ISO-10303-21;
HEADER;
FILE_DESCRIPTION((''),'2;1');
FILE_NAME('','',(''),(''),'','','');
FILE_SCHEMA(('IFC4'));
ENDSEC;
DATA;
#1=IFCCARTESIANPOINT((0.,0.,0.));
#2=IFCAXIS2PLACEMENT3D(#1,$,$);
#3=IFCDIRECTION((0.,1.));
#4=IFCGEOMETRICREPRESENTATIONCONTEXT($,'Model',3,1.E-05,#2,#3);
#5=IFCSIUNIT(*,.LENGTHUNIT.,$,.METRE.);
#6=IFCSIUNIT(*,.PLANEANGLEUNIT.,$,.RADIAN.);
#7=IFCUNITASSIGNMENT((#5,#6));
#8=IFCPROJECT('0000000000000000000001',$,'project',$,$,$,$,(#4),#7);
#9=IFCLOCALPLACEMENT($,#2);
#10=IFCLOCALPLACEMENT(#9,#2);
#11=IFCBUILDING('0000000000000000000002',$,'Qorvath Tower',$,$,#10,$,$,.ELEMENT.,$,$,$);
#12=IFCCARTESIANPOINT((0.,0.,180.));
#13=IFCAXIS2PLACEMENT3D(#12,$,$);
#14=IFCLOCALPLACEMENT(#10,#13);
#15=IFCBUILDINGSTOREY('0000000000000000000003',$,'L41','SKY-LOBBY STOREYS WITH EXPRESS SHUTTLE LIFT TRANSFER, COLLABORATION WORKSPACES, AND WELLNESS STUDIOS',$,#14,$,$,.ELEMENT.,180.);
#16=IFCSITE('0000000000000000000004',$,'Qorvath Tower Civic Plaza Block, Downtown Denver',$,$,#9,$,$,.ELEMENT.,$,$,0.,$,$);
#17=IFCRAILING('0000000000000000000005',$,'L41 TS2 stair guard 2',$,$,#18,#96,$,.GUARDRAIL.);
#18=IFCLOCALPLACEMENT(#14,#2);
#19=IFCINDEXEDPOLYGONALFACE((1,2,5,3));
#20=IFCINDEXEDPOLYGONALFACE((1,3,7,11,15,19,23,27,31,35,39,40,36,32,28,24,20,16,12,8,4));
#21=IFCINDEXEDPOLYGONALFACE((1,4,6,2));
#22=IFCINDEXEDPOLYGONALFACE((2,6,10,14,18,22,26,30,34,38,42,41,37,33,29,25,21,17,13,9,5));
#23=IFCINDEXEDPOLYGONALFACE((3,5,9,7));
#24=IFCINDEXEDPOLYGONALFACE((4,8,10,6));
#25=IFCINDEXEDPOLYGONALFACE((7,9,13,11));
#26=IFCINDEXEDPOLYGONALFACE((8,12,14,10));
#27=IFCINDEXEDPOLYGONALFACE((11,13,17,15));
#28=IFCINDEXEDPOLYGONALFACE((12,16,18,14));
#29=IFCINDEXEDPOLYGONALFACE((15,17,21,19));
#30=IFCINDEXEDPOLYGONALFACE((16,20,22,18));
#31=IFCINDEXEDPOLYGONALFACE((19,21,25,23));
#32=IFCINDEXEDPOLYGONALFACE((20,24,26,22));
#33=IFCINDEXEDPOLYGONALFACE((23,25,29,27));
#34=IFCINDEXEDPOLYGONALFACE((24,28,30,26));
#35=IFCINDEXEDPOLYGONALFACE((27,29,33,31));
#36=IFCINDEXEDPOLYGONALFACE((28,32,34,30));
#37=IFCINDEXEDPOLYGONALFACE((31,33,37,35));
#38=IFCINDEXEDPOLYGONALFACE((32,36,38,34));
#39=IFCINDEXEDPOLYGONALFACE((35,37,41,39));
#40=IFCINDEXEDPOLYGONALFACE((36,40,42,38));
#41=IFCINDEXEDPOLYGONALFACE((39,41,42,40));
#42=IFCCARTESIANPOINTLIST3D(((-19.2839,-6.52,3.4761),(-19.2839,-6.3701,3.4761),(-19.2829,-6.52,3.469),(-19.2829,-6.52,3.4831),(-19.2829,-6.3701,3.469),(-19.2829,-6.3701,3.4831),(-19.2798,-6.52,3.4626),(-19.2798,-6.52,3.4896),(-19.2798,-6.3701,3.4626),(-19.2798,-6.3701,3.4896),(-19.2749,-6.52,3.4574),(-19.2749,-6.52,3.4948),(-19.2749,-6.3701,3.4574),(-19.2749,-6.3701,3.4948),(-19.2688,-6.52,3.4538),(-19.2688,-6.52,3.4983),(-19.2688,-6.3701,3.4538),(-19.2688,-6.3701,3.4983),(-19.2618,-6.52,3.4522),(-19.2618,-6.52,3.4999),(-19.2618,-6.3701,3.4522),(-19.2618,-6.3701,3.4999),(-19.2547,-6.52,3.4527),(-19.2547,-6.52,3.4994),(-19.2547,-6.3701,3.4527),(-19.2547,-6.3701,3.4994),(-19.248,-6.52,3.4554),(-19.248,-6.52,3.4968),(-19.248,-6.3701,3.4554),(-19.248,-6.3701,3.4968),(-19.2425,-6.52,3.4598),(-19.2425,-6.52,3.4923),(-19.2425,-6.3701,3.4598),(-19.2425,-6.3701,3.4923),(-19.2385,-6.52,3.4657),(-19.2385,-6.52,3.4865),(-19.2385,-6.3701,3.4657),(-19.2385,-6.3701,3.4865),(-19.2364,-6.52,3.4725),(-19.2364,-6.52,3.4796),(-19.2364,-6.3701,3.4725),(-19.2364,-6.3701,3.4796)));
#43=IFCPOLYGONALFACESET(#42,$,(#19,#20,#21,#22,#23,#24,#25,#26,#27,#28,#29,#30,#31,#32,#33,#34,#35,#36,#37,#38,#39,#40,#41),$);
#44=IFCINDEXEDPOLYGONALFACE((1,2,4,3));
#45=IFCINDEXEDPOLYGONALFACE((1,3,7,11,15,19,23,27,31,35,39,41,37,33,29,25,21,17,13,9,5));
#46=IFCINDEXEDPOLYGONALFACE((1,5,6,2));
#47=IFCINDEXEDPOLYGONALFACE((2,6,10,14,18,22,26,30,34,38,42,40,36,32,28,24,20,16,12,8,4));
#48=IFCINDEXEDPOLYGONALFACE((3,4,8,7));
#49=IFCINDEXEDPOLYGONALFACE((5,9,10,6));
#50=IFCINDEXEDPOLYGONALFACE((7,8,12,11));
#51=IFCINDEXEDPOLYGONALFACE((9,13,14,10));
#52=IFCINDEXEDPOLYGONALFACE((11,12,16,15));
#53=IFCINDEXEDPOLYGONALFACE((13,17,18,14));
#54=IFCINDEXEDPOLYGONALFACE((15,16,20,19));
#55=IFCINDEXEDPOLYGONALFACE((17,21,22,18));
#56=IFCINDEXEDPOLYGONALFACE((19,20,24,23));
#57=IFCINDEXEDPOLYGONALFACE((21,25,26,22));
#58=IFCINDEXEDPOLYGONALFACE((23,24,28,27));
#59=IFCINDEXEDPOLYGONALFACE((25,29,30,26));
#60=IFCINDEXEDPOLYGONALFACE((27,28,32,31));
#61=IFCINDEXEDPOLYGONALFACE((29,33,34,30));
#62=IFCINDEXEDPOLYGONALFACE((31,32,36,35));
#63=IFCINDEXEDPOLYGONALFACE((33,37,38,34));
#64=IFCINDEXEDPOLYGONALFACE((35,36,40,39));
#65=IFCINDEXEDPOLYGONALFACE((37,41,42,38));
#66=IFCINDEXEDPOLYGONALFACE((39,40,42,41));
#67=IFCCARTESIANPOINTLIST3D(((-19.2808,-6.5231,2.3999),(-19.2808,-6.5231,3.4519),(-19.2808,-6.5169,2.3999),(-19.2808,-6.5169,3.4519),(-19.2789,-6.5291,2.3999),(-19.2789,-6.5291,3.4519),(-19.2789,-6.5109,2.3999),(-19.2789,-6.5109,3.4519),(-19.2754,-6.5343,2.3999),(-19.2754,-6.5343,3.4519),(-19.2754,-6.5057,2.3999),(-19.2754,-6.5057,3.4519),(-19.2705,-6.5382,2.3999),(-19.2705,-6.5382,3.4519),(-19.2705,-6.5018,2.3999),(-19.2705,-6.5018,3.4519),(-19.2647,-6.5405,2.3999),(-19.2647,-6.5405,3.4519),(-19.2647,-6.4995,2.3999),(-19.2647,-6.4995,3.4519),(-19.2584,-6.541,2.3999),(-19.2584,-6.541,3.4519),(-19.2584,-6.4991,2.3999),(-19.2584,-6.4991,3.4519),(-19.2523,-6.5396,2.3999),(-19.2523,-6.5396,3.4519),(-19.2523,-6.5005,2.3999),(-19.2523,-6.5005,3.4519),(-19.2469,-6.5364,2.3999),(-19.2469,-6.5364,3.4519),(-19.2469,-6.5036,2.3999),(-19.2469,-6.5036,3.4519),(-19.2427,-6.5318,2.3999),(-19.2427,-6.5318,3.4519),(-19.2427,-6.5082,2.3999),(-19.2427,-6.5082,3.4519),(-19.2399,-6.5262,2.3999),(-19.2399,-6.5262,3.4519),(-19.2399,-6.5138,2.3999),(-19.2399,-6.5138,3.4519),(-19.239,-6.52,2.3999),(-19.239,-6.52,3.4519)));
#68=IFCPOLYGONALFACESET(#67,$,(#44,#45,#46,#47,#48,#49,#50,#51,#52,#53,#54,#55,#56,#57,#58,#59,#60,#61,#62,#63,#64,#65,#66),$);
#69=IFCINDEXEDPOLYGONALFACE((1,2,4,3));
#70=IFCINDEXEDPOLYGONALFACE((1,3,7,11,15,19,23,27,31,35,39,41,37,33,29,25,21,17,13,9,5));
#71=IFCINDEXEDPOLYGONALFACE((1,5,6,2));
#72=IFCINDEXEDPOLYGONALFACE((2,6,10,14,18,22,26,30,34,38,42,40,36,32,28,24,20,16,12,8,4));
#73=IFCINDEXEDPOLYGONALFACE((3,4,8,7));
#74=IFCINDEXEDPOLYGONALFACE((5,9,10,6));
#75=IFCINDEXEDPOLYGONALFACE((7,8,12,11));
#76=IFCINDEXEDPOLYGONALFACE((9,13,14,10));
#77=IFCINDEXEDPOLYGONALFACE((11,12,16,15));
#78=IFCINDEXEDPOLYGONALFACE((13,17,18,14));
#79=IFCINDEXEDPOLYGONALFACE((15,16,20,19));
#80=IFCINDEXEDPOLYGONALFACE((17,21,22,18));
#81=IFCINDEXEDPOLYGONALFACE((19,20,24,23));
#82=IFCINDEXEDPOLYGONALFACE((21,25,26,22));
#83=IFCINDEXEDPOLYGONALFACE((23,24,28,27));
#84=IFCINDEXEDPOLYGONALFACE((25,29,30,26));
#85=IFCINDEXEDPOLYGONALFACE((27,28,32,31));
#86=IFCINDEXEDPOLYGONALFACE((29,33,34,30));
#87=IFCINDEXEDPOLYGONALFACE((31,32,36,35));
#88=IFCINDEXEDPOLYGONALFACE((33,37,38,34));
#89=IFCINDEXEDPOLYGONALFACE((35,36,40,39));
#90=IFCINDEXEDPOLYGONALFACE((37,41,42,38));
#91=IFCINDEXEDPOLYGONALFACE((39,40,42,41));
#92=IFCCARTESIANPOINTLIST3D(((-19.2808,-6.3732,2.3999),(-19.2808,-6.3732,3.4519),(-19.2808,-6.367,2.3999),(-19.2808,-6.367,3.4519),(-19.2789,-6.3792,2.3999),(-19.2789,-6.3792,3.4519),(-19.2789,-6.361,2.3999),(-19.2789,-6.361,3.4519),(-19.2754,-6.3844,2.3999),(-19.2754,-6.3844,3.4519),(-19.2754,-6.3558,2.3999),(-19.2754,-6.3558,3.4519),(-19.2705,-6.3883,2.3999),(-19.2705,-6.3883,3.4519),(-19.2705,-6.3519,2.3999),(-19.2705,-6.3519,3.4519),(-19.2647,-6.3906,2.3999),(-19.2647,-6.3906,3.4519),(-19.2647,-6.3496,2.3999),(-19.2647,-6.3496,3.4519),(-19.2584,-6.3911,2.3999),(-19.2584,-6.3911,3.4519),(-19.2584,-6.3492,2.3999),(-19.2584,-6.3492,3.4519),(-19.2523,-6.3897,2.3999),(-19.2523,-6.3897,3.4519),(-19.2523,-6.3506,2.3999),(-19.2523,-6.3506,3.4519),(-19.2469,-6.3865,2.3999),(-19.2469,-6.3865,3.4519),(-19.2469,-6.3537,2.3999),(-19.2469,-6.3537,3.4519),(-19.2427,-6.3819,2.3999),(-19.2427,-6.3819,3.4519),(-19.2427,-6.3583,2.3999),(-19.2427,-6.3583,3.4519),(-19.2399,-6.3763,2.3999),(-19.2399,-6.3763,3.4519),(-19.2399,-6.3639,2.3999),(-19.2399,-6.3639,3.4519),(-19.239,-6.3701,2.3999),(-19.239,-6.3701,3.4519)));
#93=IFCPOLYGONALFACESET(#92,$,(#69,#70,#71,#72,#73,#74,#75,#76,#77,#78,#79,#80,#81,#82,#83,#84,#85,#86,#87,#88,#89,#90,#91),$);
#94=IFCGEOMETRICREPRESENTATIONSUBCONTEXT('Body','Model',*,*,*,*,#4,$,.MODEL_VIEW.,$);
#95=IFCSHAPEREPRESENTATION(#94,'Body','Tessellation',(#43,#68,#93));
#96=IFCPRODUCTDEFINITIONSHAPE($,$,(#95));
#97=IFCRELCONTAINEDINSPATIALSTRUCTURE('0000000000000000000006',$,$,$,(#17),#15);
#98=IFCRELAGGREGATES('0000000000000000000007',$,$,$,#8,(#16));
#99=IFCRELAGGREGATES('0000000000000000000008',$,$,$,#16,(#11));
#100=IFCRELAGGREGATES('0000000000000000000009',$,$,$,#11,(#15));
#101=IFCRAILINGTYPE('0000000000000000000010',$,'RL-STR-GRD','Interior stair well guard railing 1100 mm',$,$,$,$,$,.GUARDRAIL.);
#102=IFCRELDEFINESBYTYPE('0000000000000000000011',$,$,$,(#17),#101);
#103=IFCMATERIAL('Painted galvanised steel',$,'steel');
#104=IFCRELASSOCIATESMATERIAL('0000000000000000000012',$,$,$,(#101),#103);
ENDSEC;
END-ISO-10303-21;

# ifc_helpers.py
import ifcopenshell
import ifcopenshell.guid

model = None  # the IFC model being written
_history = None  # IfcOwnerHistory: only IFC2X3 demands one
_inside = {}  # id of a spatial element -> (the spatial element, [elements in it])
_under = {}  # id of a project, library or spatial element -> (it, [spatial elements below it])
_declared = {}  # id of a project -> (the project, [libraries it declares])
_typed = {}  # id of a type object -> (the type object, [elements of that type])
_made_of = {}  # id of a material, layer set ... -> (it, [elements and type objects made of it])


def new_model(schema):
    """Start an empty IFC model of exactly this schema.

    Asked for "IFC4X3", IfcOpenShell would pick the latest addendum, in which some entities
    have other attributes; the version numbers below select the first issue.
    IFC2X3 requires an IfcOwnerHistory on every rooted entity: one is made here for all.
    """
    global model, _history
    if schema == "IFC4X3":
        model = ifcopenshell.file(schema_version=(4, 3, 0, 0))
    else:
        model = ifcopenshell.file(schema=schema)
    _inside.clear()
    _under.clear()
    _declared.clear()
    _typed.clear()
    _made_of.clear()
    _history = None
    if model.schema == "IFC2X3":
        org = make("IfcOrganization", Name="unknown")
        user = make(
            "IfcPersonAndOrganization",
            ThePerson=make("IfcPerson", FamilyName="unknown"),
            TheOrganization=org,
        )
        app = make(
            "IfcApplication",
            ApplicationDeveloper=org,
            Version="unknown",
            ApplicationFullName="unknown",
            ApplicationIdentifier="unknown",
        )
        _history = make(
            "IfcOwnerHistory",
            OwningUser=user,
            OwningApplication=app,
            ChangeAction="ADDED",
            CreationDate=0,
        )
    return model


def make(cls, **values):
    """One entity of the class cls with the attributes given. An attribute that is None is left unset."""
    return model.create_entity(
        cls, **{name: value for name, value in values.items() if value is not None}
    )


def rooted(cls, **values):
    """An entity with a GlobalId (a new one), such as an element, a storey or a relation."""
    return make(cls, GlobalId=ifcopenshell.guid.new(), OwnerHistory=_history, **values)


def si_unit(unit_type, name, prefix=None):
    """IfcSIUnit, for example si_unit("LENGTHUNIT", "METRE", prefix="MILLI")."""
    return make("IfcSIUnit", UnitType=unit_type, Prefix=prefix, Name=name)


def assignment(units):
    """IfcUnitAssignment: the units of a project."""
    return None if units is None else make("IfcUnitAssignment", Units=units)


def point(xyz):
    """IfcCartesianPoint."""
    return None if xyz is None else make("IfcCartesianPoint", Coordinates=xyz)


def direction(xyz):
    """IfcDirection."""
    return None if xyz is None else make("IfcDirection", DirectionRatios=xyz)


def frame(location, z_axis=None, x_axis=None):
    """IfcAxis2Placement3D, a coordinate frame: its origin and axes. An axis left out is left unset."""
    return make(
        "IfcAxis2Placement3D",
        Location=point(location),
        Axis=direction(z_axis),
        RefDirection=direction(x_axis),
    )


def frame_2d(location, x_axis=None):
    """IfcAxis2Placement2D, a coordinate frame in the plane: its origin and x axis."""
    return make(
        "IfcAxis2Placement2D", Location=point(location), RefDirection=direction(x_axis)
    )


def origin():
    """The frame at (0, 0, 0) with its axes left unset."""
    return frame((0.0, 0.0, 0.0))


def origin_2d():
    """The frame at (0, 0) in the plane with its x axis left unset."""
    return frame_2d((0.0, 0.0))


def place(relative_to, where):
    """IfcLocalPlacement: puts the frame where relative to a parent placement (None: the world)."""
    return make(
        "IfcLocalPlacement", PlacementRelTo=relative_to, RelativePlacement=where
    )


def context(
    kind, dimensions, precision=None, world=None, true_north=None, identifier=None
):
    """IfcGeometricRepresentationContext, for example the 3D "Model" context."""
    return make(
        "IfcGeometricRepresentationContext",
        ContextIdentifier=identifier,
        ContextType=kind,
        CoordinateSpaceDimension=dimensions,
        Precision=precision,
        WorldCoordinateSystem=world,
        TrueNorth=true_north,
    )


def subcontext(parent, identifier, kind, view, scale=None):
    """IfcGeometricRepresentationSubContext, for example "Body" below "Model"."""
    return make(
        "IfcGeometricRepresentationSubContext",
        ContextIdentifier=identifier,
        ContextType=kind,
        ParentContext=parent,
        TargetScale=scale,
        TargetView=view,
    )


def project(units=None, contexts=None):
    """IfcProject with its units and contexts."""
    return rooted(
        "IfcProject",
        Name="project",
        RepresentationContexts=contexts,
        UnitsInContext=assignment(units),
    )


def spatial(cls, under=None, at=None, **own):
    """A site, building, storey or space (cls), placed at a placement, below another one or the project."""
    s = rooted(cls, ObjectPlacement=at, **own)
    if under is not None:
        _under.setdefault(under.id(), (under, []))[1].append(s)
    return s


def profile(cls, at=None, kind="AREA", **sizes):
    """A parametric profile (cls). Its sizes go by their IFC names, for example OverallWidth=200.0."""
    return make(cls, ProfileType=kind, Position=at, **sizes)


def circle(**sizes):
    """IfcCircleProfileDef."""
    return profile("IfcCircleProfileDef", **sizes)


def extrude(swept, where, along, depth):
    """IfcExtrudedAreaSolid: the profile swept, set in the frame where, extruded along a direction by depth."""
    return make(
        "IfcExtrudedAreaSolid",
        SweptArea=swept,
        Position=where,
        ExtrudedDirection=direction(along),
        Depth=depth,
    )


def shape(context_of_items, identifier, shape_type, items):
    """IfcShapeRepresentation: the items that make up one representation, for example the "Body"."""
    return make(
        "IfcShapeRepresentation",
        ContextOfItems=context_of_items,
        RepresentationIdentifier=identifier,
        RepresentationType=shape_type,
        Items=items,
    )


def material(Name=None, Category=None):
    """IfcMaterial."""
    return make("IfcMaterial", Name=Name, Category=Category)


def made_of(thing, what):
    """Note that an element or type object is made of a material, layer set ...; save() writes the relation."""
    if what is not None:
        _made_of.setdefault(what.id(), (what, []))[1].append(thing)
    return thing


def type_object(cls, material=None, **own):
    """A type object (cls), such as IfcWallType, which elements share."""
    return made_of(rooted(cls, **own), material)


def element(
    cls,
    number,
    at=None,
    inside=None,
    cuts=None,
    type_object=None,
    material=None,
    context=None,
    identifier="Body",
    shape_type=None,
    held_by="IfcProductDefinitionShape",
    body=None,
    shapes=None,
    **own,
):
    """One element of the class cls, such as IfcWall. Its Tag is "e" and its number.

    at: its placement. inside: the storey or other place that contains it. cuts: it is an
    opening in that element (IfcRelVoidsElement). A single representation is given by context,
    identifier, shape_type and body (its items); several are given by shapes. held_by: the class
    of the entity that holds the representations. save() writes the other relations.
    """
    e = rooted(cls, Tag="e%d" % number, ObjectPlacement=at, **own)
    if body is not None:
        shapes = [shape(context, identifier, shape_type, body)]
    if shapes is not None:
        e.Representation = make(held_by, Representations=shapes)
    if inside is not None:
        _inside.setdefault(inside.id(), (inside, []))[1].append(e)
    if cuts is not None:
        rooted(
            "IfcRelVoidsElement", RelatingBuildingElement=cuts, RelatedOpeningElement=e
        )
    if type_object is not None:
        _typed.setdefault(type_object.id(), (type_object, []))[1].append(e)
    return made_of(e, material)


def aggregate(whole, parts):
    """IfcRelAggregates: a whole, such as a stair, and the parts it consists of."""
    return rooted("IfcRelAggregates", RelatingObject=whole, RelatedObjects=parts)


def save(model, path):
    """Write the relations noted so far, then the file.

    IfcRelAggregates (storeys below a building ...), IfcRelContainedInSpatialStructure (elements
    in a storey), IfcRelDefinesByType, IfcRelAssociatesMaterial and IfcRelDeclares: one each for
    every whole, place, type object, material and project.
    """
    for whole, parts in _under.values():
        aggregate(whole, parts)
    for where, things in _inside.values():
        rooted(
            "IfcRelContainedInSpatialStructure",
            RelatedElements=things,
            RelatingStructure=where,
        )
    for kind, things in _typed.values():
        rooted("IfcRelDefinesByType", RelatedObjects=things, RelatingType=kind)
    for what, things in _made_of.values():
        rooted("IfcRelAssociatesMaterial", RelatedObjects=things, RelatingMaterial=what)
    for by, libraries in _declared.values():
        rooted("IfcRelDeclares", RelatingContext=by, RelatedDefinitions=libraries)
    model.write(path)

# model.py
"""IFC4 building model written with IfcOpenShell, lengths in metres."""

from ifc_helpers import new_model, si_unit, direction, frame, origin, origin_2d, place, context, subcontext, project, spatial, circle, extrude, material, type_object, element, save


model = new_model("IFC4")

# Units and contexts
model_context = context("Model", 3, precision=1e-05, world=origin(), true_north=direction((0.0, 1.0)))
body_context = subcontext(model_context, "Body", "Model", "MODEL_VIEW")
ifc_project = project(units=[si_unit("LENGTHUNIT", "METRE"), si_unit("PLANEANGLEUNIT", "RADIAN")], contexts=[model_context])

# Site, building, storey
site_placement = place(None, origin())
site = spatial("IfcSite", under=ifc_project, at=site_placement, Name="Qorvath Tower Civic Plaza Block, Downtown Denver", CompositionType="ELEMENT", RefElevation=0.0)
building_placement = place(site_placement, origin())
building = spatial("IfcBuilding", under=site, at=building_placement, Name="Qorvath Tower", CompositionType="ELEMENT")
storey_placement = place(building_placement, frame((0.0, 0.0, 180.0)))
storey = spatial("IfcBuildingStorey", under=building, at=storey_placement, Name="L41", Description="SKY-LOBBY STOREYS WITH EXPRESS SHUTTLE LIFT TRANSFER, COLLABORATION WORKSPACES, AND WELLNESS STUDIOS", CompositionType="ELEMENT", Elevation=180.0)

# Railing
ifc_material_1 = material(Name="Painted galvanised steel", Category="steel")
railing_type_1 = type_object("IfcRailingType", Name="RL-STR-GRD", Description="Interior stair well guard railing 1100 mm", PredefinedType="GUARDRAIL", material=ifc_material_1)
railing_1_placement = place(storey_placement, frame((-19.26, -6.52, 2.3999)))
element("IfcRailing", 1, at=railing_1_placement, inside=storey, type_object=railing_type_1, Name="L41 TS2 stair guard 2", PredefinedType="GUARDRAIL", context=body_context, shape_type="SweptSolid", body=[
    extrude(circle(Radius=0.0239, at=origin_2d()), frame((0.0, 0.0, 1.0762), z_axis=(0.0, 1.0, 0.0), x_axis=(-1.0, 0.0, 0.0)), (0.0, 0.0, 1.0), 0.1499),
    extrude(circle(Radius=0.021, at=origin_2d()), origin(), (0.0, 0.0, 1.0), 1.052),
    extrude(circle(Radius=0.021, at=origin_2d()), frame((0.0, 0.1499, 0.0)), (0.0, 0.0, 1.0), 1.052),
])

save(model, "model.ifc")
